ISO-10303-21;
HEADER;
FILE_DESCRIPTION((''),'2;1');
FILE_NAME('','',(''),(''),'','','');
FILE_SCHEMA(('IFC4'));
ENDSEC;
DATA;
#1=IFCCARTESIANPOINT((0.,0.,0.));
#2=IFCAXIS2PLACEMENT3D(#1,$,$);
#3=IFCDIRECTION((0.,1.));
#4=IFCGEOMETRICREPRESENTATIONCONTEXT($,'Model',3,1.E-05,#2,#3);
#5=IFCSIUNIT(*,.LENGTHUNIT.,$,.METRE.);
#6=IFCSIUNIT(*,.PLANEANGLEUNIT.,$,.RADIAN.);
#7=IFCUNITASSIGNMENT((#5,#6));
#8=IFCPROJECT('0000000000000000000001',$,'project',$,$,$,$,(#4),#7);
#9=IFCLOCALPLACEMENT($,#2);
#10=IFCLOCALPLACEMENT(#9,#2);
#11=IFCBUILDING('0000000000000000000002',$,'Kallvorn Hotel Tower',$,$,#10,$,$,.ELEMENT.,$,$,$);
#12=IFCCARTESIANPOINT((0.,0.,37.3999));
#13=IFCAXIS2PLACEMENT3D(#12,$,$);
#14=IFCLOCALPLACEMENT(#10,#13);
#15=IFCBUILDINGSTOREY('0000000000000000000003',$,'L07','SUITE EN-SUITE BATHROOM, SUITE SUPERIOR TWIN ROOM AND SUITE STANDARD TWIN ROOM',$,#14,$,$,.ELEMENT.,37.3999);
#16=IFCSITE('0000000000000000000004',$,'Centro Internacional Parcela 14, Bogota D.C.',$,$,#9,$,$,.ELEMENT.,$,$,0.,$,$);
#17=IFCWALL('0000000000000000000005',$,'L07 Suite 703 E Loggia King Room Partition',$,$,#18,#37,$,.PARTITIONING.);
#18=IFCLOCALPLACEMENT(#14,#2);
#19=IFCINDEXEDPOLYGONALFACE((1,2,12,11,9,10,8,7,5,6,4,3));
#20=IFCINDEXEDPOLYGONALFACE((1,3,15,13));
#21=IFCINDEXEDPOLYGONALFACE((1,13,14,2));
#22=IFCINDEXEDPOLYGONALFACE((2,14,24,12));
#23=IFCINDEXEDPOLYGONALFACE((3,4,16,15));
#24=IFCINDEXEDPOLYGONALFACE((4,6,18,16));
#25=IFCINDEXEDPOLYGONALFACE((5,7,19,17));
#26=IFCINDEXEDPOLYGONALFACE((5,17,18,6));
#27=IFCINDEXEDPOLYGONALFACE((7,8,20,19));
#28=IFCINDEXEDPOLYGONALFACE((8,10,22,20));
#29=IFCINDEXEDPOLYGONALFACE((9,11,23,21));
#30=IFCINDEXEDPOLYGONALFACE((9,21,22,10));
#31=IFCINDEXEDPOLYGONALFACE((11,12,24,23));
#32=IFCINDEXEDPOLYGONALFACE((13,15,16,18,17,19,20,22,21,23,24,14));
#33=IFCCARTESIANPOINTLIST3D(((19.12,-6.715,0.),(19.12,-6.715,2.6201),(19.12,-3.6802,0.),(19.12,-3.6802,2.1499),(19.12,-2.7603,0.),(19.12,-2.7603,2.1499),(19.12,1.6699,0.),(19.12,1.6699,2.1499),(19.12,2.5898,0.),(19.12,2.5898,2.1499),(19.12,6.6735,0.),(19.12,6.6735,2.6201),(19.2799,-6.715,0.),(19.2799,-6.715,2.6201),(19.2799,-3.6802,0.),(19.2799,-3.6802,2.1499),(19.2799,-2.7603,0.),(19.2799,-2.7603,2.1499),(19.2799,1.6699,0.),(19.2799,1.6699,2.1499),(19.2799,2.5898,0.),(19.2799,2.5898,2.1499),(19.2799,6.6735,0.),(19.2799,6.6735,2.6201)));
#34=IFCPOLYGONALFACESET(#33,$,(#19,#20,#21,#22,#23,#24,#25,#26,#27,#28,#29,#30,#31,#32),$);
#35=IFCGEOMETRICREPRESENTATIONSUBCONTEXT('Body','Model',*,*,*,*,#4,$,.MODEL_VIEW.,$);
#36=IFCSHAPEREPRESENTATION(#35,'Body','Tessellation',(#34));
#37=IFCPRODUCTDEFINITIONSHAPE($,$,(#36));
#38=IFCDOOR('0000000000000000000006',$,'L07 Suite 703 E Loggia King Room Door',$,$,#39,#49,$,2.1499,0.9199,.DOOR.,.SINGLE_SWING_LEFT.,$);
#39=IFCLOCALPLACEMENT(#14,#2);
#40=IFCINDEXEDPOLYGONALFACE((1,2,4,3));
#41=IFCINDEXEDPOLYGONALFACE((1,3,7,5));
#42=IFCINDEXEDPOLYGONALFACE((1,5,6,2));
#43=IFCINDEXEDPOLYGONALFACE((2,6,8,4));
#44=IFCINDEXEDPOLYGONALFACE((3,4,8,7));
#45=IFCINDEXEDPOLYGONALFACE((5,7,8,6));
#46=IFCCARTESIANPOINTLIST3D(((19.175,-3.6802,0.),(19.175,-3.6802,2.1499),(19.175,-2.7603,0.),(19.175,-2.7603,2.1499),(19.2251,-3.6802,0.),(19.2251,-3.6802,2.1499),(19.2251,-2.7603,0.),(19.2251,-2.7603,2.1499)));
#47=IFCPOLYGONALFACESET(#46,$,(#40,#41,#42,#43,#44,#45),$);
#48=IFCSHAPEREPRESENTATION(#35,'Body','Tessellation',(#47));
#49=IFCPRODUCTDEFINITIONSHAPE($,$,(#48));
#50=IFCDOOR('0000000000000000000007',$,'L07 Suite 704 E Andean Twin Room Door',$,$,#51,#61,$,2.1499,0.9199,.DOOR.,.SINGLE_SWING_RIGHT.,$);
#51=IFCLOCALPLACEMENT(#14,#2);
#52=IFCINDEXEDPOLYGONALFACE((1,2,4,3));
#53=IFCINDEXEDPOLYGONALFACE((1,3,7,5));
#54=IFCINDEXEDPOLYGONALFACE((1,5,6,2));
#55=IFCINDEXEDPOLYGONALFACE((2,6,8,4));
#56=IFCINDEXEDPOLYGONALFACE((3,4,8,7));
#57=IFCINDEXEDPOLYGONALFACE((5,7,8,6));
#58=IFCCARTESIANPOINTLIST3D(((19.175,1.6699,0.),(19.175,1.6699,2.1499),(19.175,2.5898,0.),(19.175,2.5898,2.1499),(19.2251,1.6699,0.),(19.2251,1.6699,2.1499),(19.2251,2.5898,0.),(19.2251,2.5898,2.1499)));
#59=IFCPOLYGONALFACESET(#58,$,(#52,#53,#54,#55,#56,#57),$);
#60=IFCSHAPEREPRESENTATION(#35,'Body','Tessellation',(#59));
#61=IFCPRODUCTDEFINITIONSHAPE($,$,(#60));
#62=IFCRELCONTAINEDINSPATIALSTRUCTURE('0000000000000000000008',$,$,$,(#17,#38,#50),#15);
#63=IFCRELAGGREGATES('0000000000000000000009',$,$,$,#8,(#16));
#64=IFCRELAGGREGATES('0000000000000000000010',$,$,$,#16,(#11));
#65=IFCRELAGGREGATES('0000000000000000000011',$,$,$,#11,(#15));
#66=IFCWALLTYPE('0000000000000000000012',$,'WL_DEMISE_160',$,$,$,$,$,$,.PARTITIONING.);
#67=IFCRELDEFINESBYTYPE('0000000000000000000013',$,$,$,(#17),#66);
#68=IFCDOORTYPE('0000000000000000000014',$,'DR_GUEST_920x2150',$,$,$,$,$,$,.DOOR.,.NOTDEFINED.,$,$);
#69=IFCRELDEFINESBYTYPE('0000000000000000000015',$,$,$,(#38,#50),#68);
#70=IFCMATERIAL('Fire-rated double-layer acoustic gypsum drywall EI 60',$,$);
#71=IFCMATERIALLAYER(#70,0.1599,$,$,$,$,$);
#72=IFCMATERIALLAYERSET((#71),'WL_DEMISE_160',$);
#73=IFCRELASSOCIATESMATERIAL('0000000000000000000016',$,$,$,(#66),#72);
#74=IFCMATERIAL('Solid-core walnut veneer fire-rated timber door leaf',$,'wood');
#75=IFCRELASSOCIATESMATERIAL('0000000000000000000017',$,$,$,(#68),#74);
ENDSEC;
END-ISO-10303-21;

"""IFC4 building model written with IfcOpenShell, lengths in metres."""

from ifc_helpers import new_model, si_unit, direction, frame, frame_2d, origin, place, context, subcontext, project, spatial, rectangle, extrude, material, layer, layer_set, type_object, element, fill, save


model = new_model("IFC4")

# Units and contexts
model_context = context("Model", 3, precision=1e-05, world=origin(), true_north=direction((0.0, 1.0)))
body_context = subcontext(model_context, "Body", "Model", "MODEL_VIEW")
ifc_project = project(units=[si_unit("LENGTHUNIT", "METRE"), si_unit("PLANEANGLEUNIT", "RADIAN")], contexts=[model_context])

# Site, building, storey
site_placement = place(None, origin())
site = spatial("IfcSite", under=ifc_project, at=site_placement, Name="Centro Internacional Parcela 14, Bogota D.C.", CompositionType="ELEMENT", RefElevation=0.0)
building_placement = place(site_placement, origin())
building = spatial("IfcBuilding", under=site, at=building_placement, Name="Kallvorn Hotel Tower", CompositionType="ELEMENT")
storey_placement = place(building_placement, frame((0.0, 0.0, 37.3999)))
storey = spatial("IfcBuildingStorey", under=building, at=storey_placement, Name="L07", Description="SUITE EN-SUITE BATHROOM, SUITE SUPERIOR TWIN ROOM AND SUITE STANDARD TWIN ROOM", CompositionType="ELEMENT", Elevation=37.3999)

# Shared definitions
ifc_material_1 = material(Name="Fire-rated double-layer acoustic gypsum drywall EI 60")
ifc_layer_1 = layer(ifc_material_1, 0.1599)
ifc_layer_set_1 = layer_set([ifc_layer_1], Name="WL_DEMISE_160")
wall_type_1 = type_object("IfcWallType", Name="WL_DEMISE_160", PredefinedType="PARTITIONING", material=ifc_layer_set_1)

# Wall, openings, doors
wall_1_placement = place(storey_placement, frame((19.2, -6.7151, 0.0), z_axis=(0.0, 0.0, 1.0), x_axis=(0.0, 1.0, 0.0)))
wall_1 = element("IfcWall", 1, at=wall_1_placement, inside=storey, type_object=wall_type_1, Name="L07 Suite 703 E Loggia King Room Partition", PredefinedType="PARTITIONING", context=body_context, shape_type="SweptSolid", body=[
    extrude(rectangle(XDim=13.3884, YDim=0.1599, at=frame_2d((6.6943, 0.0))), origin(), (0.0, 0.0, 1.0), 2.6201),
])
opening_1_placement = place(wall_1_placement, frame((3.0349, 0.0, 0.0)))
opening_1 = element("IfcOpeningElement", 2, at=opening_1_placement, cuts=wall_1, PredefinedType="OPENING", context=body_context, shape_type="SweptSolid", body=[
    extrude(rectangle(XDim=0.9199, YDim=2.1499, at=frame_2d((0.46, 1.075))), frame((0.0, 0.095, 0.0), z_axis=(0.0, -1.0, 0.0), x_axis=(1.0, 0.0, 0.0)), (0.0, 0.0, 1.0), 0.1899),
])
opening_2_placement = place(wall_1_placement, frame((8.385, 0.0, 0.0)))
opening_2 = element("IfcOpeningElement", 3, at=opening_2_placement, cuts=wall_1, PredefinedType="OPENING", context=body_context, shape_type="SweptSolid", body=[
    extrude(rectangle(XDim=0.9199, YDim=2.1499, at=frame_2d((0.46, 1.075))), frame((0.0, 0.095, 0.0), z_axis=(0.0, -1.0, 0.0), x_axis=(1.0, 0.0, 0.0)), (0.0, 0.0, 1.0), 0.1899),
])
ifc_material_2 = material(Name="Solid-core walnut veneer fire-rated timber door leaf", Category="wood")
door_type_1 = type_object("IfcDoorType", Name="DR_GUEST_920x2150", OperationType="NOTDEFINED", PredefinedType="DOOR", material=ifc_material_2)
door_1_placement = place(opening_1_placement, origin())
door_1 = element("IfcDoor", 4, at=door_1_placement, inside=storey, type_object=door_type_1, Name="L07 Suite 703 E Loggia King Room Door", OperationType="SINGLE_SWING_LEFT", OverallHeight=2.1499, OverallWidth=0.9199, PredefinedType="DOOR", context=body_context, shape_type="SweptSolid", body=[
    extrude(rectangle(XDim=0.9199, YDim=2.1499, at=frame_2d((0.46, 1.075))), frame((0.0, 0.0249, 0.0), z_axis=(0.0, -1.0, 0.0), x_axis=(1.0, 0.0, 0.0)), (0.0, 0.0, 1.0), 0.05),
])
fill(opening_1, door_1)
door_2_placement = place(opening_2_placement, origin())
door_2 = element("IfcDoor", 5, at=door_2_placement, inside=storey, type_object=door_type_1, Name="L07 Suite 704 E Andean Twin Room Door", OperationType="SINGLE_SWING_RIGHT", OverallHeight=2.1499, OverallWidth=0.9199, PredefinedType="DOOR", context=body_context, shape_type="SweptSolid", body=[
    extrude(rectangle(XDim=0.9199, YDim=2.1499, at=frame_2d((0.46, 1.075))), frame((0.0, 0.0249, 0.0), z_axis=(0.0, -1.0, 0.0), x_axis=(1.0, 0.0, 0.0)), (0.0, 0.0, 1.0), 0.05),
])
fill(opening_2, door_2)

save(model, "model.ifc")
